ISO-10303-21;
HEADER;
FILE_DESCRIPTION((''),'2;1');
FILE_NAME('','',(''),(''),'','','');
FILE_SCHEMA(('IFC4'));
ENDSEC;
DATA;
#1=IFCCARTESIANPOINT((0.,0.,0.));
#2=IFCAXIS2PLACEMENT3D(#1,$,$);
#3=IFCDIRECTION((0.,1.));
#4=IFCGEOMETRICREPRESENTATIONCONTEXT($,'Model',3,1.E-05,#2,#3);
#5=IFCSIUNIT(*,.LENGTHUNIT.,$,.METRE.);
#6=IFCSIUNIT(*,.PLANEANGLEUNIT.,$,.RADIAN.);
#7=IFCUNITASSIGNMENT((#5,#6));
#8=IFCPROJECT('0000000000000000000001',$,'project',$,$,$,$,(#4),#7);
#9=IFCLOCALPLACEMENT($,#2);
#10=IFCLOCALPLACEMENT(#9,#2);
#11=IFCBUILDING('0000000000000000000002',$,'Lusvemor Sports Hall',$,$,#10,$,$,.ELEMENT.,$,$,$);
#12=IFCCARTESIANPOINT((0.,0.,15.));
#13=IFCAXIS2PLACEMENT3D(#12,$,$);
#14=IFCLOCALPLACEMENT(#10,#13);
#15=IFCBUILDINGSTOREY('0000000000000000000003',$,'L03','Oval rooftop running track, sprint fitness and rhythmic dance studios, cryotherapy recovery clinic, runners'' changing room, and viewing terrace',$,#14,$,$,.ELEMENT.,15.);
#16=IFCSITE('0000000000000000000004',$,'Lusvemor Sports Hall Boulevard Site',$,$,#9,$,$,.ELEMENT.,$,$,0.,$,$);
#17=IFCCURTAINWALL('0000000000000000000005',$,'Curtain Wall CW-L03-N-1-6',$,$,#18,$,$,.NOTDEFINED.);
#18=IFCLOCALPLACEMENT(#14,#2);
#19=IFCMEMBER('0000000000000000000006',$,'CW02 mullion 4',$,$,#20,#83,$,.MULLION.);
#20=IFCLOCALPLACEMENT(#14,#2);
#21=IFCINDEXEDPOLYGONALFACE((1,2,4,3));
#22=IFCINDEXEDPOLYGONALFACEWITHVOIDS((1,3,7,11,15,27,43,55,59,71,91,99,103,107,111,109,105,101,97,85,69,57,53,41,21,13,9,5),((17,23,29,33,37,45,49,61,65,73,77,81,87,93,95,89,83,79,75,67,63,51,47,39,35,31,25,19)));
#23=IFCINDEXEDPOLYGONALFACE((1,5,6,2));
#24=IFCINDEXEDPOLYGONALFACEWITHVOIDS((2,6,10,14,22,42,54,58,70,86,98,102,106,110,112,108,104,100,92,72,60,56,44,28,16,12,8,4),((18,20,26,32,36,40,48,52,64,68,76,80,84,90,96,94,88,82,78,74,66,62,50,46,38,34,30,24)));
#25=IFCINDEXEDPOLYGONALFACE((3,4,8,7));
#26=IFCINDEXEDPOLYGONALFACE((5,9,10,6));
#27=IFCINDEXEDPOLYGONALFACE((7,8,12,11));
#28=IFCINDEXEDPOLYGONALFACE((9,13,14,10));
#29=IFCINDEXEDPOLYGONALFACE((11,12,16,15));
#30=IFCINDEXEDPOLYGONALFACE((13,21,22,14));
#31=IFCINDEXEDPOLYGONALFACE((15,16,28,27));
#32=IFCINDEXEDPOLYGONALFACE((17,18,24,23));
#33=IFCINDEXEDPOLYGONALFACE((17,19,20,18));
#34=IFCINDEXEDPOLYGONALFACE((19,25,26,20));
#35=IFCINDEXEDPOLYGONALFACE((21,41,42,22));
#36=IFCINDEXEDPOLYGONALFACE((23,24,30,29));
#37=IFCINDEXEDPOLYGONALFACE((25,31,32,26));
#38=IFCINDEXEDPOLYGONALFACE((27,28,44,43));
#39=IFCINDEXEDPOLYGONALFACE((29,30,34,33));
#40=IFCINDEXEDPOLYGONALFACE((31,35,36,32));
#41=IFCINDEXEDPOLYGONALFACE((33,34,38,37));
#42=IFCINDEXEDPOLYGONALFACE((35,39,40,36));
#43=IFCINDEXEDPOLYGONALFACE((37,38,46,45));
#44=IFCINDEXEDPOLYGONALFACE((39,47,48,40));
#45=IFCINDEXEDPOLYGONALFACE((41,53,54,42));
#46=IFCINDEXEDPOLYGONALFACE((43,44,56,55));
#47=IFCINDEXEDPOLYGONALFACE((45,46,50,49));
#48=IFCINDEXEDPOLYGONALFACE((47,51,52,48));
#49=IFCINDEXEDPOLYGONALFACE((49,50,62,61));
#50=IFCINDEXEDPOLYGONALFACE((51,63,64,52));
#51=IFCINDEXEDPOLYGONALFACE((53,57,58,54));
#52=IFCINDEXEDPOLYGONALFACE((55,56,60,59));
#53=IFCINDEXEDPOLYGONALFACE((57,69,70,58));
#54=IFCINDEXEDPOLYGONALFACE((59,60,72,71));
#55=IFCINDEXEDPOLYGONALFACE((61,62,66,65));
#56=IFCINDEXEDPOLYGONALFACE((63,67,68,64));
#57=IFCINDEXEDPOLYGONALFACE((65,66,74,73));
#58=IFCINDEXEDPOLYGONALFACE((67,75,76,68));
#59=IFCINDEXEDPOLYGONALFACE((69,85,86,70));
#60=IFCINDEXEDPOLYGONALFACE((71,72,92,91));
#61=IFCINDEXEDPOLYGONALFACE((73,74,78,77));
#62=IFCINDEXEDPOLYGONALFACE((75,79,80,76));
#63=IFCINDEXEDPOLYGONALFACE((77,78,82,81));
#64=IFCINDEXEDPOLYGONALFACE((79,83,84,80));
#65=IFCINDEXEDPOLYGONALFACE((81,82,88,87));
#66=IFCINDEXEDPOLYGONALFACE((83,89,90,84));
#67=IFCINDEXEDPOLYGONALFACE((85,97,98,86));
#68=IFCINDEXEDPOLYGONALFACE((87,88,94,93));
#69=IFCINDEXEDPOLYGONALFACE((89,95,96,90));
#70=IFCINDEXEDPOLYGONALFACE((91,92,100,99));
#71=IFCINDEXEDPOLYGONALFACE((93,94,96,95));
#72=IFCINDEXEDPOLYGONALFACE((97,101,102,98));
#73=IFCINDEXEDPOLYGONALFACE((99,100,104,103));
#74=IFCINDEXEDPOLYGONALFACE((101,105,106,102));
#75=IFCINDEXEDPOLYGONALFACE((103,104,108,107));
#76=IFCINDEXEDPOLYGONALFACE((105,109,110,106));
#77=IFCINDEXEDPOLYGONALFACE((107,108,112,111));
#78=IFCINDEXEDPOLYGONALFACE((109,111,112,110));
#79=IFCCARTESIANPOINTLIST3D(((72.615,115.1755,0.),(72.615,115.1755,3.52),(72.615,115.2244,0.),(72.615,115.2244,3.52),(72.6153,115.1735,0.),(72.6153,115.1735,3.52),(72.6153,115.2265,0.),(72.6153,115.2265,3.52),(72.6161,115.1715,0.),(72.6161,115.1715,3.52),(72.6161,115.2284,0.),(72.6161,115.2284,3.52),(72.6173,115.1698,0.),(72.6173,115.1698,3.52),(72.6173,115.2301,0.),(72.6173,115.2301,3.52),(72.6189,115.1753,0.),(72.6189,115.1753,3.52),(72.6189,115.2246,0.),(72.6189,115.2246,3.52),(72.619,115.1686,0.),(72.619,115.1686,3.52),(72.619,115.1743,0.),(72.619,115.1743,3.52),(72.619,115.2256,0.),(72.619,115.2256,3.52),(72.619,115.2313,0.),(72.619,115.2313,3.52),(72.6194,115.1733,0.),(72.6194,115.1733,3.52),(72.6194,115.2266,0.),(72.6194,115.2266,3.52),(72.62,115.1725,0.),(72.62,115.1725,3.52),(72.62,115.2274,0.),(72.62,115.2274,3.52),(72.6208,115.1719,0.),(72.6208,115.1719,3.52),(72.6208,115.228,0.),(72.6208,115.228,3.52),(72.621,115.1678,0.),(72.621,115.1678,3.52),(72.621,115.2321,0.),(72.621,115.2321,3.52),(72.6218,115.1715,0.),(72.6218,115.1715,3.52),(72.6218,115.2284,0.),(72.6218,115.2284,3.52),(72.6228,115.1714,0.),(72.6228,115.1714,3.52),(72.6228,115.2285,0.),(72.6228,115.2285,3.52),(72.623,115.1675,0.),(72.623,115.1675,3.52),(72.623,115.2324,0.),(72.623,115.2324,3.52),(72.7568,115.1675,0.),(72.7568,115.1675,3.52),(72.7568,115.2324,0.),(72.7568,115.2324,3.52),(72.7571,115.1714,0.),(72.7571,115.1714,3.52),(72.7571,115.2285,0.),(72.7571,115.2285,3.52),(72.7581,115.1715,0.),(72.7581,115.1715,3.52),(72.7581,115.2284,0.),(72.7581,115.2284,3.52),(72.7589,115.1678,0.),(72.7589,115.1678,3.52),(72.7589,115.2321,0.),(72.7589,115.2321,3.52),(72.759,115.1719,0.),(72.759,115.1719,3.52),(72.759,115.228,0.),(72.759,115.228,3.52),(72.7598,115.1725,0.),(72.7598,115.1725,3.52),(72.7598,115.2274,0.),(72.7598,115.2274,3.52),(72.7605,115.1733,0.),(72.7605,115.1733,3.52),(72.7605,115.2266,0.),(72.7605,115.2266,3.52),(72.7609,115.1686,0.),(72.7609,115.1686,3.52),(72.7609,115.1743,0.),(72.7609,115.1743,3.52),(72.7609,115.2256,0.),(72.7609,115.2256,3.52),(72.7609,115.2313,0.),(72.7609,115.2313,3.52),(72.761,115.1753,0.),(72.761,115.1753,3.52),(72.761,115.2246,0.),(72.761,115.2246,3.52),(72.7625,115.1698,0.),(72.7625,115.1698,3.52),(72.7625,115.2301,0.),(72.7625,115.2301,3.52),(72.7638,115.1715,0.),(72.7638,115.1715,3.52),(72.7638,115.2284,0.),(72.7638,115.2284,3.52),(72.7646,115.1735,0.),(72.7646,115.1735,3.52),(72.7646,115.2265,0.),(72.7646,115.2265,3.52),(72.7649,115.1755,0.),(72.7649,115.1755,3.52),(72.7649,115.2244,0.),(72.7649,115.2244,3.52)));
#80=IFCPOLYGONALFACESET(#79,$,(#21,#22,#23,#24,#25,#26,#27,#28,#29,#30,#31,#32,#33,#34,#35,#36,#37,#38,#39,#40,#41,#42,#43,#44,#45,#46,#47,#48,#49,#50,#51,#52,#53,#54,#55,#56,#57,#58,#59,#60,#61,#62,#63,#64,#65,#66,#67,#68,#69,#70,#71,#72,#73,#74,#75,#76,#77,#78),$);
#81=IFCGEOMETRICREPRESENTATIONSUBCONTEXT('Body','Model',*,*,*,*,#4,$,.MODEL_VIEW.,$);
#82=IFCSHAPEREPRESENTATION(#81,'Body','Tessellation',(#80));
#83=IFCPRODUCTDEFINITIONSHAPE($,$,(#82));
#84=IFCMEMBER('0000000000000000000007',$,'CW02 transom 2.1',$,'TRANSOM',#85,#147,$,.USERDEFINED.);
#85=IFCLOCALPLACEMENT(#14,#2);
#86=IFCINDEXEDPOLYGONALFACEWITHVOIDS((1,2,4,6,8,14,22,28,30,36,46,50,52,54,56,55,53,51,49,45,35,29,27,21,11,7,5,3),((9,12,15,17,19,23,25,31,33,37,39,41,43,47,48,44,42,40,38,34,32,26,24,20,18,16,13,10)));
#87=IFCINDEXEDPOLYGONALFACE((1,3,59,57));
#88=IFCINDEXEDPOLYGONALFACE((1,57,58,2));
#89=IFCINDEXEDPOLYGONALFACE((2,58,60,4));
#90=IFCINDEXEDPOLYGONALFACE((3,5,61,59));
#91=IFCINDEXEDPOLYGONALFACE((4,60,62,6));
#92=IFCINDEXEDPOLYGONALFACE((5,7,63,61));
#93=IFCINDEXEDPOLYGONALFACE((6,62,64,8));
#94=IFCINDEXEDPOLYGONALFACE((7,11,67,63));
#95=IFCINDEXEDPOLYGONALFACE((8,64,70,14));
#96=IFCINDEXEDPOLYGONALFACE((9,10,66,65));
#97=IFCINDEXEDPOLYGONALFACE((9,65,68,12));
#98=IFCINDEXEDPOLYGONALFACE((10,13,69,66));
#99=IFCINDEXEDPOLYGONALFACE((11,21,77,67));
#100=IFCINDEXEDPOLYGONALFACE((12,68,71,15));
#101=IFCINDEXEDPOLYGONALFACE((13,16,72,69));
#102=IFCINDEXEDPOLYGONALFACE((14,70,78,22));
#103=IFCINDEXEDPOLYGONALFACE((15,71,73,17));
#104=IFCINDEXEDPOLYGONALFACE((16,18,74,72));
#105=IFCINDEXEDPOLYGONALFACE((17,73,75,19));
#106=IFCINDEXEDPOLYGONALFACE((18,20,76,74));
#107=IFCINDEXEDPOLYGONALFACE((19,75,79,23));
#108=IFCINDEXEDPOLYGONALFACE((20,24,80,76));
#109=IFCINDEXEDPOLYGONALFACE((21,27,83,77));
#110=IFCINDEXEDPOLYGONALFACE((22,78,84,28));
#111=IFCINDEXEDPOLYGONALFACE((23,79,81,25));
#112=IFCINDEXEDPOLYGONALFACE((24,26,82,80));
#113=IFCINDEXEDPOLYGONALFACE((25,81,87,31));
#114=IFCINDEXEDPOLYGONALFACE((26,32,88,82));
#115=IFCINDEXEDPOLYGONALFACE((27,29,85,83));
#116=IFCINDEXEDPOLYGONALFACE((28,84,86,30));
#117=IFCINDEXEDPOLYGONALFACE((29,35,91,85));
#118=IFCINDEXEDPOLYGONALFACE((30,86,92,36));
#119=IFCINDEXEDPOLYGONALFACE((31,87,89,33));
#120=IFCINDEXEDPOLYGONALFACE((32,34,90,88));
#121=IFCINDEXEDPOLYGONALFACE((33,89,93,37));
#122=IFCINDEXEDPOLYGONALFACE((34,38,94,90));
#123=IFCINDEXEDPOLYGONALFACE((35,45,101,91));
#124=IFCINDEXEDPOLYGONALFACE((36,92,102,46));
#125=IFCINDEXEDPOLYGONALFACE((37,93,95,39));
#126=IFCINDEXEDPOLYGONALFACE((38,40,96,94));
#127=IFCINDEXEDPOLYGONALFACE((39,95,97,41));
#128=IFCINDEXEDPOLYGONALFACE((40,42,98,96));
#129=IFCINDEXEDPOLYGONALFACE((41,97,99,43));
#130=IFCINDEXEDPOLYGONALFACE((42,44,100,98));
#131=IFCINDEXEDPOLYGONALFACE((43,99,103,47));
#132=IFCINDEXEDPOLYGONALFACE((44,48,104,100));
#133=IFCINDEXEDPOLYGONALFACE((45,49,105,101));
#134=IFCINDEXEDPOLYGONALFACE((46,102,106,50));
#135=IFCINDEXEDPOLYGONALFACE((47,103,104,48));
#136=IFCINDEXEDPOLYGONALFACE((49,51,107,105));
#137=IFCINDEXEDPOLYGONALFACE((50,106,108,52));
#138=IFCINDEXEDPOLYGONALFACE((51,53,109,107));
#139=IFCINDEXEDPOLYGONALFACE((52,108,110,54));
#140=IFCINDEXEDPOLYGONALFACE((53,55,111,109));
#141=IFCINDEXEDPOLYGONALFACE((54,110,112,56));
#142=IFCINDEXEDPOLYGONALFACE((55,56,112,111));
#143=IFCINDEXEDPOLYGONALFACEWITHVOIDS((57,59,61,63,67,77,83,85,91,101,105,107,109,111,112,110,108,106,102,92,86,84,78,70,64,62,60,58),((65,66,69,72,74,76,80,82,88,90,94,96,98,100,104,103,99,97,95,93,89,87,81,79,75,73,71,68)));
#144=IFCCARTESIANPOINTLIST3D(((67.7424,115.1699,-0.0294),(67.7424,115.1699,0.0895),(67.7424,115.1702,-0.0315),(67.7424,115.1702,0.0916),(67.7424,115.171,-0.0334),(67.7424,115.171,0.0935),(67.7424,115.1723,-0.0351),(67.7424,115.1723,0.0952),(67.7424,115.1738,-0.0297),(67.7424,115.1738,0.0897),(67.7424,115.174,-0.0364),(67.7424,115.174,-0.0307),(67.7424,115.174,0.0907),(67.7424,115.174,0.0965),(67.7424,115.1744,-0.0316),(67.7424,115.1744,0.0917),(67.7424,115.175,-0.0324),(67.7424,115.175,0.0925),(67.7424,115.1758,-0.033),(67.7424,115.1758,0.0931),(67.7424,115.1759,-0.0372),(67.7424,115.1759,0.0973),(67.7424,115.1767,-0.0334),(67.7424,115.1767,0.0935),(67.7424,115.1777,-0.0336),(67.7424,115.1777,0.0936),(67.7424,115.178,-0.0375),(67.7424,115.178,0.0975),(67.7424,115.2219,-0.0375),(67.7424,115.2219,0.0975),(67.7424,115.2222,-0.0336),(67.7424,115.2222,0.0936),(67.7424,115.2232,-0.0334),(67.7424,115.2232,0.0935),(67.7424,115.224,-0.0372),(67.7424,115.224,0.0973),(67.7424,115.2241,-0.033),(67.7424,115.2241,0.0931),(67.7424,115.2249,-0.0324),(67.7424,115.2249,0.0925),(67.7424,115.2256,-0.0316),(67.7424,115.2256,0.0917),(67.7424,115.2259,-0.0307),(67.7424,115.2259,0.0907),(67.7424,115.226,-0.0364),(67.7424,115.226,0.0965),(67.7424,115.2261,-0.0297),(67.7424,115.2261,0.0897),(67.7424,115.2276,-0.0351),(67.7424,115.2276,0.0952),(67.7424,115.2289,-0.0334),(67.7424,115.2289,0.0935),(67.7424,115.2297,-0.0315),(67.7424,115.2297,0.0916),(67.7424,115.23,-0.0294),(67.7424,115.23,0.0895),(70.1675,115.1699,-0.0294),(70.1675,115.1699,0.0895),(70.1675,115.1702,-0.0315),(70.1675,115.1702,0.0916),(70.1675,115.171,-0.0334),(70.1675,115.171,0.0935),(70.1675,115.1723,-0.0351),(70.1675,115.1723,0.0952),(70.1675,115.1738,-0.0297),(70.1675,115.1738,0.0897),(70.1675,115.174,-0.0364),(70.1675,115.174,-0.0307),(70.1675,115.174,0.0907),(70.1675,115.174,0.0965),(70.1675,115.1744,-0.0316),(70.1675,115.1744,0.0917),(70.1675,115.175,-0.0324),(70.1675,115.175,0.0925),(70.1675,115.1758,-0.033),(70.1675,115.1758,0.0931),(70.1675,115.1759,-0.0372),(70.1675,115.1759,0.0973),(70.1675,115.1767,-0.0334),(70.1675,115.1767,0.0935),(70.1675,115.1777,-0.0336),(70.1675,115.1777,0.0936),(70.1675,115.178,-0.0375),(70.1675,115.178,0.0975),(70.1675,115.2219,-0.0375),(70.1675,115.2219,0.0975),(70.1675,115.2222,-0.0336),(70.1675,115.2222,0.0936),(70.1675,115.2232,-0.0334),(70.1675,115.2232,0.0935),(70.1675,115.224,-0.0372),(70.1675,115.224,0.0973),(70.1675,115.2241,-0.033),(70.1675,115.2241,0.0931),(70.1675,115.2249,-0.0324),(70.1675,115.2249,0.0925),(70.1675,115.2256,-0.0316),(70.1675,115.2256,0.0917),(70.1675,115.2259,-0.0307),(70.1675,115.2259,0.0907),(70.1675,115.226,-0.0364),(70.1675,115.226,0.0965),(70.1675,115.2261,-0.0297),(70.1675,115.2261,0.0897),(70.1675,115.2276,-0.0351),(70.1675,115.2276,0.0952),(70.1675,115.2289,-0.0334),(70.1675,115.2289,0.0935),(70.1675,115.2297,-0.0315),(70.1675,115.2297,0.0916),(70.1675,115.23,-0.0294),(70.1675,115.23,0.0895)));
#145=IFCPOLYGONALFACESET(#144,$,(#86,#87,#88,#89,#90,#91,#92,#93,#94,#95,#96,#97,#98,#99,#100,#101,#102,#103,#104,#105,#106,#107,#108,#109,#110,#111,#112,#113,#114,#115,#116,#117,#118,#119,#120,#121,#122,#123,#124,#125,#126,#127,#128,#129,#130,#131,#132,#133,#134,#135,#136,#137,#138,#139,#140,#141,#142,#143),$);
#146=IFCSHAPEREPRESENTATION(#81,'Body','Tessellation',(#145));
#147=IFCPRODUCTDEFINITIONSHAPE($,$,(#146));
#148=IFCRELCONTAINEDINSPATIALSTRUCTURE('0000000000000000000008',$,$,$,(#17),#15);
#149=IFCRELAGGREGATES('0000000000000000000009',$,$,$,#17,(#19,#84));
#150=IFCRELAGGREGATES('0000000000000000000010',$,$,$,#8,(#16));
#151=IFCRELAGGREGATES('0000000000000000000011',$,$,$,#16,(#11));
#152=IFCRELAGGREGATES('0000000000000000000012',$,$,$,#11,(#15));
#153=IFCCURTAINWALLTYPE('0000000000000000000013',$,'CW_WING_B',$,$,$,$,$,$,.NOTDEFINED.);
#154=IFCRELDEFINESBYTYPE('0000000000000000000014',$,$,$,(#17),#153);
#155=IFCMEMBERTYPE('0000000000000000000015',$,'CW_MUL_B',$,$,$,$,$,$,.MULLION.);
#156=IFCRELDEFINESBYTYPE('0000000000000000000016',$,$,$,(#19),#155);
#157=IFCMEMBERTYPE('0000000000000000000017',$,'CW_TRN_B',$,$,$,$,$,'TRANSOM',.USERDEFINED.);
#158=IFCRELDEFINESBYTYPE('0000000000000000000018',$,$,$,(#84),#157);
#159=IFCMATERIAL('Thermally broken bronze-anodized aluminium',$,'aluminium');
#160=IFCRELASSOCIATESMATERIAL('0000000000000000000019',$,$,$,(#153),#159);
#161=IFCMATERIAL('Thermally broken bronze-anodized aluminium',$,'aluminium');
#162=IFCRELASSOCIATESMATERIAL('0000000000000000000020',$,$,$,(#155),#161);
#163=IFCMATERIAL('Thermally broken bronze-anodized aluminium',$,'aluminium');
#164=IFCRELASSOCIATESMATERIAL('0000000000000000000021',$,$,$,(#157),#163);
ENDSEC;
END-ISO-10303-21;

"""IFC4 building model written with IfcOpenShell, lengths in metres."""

from ifc_helpers import new_model, si_unit, direction, frame, origin, origin_2d, place, context, subcontext, project, spatial, hollow_rectangle, extrude, material, material_profile, profile_set, type_object, element, aggregate, save


model = new_model("IFC4")

# Units and contexts
model_context = context("Model", 3, precision=1e-05, world=origin(), true_north=direction((0.0, 1.0)))
body_context = subcontext(model_context, "Body", "Model", "MODEL_VIEW")
ifc_project = project(units=[si_unit("LENGTHUNIT", "METRE"), si_unit("PLANEANGLEUNIT", "RADIAN")], contexts=[model_context])

# Site, building, storey
site_placement = place(None, origin())
site = spatial("IfcSite", under=ifc_project, at=site_placement, Name="Lusvemor Sports Hall Boulevard Site", CompositionType="ELEMENT", RefElevation=0.0)
building_placement = place(site_placement, origin())
building = spatial("IfcBuilding", under=site, at=building_placement, Name="Lusvemor Sports Hall", CompositionType="ELEMENT")
storey_placement = place(building_placement, frame((0.0, 0.0, 15.0)))
storey = spatial("IfcBuildingStorey", under=building, at=storey_placement, Name="L03", Description="Oval rooftop running track, sprint fitness and rhythmic dance studios, cryotherapy recovery clinic, runners' changing room, and viewing terrace", CompositionType="ELEMENT", Elevation=15.0)

# Curtain wall, members
ifc_material_1 = material(Name="Thermally broken bronze-anodized aluminium", Category="aluminium")
curtain_wall_type = type_object("IfcCurtainWallType", Name="CW_WING_B", PredefinedType="NOTDEFINED", material=ifc_material_1)
curtain_wall_placement = place(storey_placement, origin())
curtain_wall = element("IfcCurtainWall", 1, at=curtain_wall_placement, inside=storey, type_object=curtain_wall_type, Name="Curtain Wall CW-L03-N-1-6", PredefinedType="NOTDEFINED")
ifc_material_2 = material(Name="Thermally broken bronze-anodized aluminium", Category="aluminium")
ifc_material_profile_1 = material_profile(ifc_material_2, hollow_rectangle(XDim=0.0649, YDim=0.1499, WallThickness=0.0039, InnerFilletRadius=0.0039, OuterFilletRadius=0.0081, at=origin_2d()), Name="CWMUL150x65x4")
ifc_profile_set_1 = profile_set([ifc_material_profile_1], Name="Thermally broken bronze-anodized aluminium")
member_type_1 = type_object("IfcMemberType", Name="CW_MUL_B", PredefinedType="MULLION", material=ifc_profile_set_1)
member_1_placement = place(storey_placement, frame((72.6899, 115.2, 0.0), z_axis=(0.0, 0.0, 1.0), x_axis=(0.0, 1.0, 0.0)))
member_1 = element("IfcMember", 2, at=member_1_placement, type_object=member_type_1, Name="CW02 mullion 4", PredefinedType="MULLION", context=body_context, shape_type="SweptSolid", body=[
    extrude(hollow_rectangle(XDim=0.0649, YDim=0.1499, WallThickness=0.0039, InnerFilletRadius=0.0039, OuterFilletRadius=0.0081, at=origin_2d()), origin(), (0.0, 0.0, 1.0), 3.52),
])
ifc_material_3 = material(Name="Thermally broken bronze-anodized aluminium", Category="aluminium")
ifc_material_profile_2 = material_profile(ifc_material_3, hollow_rectangle(XDim=0.0601, YDim=0.135, WallThickness=0.0039, InnerFilletRadius=0.0039, OuterFilletRadius=0.0081, at=origin_2d()), Name="CWTRN135x60x4")
ifc_profile_set_2 = profile_set([ifc_material_profile_2], Name="Thermally broken bronze-anodized aluminium")
member_type_2 = type_object("IfcMemberType", Name="CW_TRN_B", ElementType="TRANSOM", PredefinedType="USERDEFINED", material=ifc_profile_set_2)
member_2_placement = place(storey_placement, frame((67.7424, 115.2, 0.03), z_axis=(1.0, 0.0, 0.0), x_axis=(0.0, 1.0, 0.0)))
member_2 = element("IfcMember", 3, at=member_2_placement, type_object=member_type_2, Name="CW02 transom 2.1", ObjectType="TRANSOM", PredefinedType="USERDEFINED", context=body_context, shape_type="SweptSolid", body=[
    extrude(hollow_rectangle(XDim=0.0601, YDim=0.135, WallThickness=0.0039, InnerFilletRadius=0.0039, OuterFilletRadius=0.0081, at=origin_2d()), origin(), (0.0, 0.0, 1.0), 2.425),
])

aggregate(curtain_wall, [member_1, member_2])

save(model, "model.ifc")
